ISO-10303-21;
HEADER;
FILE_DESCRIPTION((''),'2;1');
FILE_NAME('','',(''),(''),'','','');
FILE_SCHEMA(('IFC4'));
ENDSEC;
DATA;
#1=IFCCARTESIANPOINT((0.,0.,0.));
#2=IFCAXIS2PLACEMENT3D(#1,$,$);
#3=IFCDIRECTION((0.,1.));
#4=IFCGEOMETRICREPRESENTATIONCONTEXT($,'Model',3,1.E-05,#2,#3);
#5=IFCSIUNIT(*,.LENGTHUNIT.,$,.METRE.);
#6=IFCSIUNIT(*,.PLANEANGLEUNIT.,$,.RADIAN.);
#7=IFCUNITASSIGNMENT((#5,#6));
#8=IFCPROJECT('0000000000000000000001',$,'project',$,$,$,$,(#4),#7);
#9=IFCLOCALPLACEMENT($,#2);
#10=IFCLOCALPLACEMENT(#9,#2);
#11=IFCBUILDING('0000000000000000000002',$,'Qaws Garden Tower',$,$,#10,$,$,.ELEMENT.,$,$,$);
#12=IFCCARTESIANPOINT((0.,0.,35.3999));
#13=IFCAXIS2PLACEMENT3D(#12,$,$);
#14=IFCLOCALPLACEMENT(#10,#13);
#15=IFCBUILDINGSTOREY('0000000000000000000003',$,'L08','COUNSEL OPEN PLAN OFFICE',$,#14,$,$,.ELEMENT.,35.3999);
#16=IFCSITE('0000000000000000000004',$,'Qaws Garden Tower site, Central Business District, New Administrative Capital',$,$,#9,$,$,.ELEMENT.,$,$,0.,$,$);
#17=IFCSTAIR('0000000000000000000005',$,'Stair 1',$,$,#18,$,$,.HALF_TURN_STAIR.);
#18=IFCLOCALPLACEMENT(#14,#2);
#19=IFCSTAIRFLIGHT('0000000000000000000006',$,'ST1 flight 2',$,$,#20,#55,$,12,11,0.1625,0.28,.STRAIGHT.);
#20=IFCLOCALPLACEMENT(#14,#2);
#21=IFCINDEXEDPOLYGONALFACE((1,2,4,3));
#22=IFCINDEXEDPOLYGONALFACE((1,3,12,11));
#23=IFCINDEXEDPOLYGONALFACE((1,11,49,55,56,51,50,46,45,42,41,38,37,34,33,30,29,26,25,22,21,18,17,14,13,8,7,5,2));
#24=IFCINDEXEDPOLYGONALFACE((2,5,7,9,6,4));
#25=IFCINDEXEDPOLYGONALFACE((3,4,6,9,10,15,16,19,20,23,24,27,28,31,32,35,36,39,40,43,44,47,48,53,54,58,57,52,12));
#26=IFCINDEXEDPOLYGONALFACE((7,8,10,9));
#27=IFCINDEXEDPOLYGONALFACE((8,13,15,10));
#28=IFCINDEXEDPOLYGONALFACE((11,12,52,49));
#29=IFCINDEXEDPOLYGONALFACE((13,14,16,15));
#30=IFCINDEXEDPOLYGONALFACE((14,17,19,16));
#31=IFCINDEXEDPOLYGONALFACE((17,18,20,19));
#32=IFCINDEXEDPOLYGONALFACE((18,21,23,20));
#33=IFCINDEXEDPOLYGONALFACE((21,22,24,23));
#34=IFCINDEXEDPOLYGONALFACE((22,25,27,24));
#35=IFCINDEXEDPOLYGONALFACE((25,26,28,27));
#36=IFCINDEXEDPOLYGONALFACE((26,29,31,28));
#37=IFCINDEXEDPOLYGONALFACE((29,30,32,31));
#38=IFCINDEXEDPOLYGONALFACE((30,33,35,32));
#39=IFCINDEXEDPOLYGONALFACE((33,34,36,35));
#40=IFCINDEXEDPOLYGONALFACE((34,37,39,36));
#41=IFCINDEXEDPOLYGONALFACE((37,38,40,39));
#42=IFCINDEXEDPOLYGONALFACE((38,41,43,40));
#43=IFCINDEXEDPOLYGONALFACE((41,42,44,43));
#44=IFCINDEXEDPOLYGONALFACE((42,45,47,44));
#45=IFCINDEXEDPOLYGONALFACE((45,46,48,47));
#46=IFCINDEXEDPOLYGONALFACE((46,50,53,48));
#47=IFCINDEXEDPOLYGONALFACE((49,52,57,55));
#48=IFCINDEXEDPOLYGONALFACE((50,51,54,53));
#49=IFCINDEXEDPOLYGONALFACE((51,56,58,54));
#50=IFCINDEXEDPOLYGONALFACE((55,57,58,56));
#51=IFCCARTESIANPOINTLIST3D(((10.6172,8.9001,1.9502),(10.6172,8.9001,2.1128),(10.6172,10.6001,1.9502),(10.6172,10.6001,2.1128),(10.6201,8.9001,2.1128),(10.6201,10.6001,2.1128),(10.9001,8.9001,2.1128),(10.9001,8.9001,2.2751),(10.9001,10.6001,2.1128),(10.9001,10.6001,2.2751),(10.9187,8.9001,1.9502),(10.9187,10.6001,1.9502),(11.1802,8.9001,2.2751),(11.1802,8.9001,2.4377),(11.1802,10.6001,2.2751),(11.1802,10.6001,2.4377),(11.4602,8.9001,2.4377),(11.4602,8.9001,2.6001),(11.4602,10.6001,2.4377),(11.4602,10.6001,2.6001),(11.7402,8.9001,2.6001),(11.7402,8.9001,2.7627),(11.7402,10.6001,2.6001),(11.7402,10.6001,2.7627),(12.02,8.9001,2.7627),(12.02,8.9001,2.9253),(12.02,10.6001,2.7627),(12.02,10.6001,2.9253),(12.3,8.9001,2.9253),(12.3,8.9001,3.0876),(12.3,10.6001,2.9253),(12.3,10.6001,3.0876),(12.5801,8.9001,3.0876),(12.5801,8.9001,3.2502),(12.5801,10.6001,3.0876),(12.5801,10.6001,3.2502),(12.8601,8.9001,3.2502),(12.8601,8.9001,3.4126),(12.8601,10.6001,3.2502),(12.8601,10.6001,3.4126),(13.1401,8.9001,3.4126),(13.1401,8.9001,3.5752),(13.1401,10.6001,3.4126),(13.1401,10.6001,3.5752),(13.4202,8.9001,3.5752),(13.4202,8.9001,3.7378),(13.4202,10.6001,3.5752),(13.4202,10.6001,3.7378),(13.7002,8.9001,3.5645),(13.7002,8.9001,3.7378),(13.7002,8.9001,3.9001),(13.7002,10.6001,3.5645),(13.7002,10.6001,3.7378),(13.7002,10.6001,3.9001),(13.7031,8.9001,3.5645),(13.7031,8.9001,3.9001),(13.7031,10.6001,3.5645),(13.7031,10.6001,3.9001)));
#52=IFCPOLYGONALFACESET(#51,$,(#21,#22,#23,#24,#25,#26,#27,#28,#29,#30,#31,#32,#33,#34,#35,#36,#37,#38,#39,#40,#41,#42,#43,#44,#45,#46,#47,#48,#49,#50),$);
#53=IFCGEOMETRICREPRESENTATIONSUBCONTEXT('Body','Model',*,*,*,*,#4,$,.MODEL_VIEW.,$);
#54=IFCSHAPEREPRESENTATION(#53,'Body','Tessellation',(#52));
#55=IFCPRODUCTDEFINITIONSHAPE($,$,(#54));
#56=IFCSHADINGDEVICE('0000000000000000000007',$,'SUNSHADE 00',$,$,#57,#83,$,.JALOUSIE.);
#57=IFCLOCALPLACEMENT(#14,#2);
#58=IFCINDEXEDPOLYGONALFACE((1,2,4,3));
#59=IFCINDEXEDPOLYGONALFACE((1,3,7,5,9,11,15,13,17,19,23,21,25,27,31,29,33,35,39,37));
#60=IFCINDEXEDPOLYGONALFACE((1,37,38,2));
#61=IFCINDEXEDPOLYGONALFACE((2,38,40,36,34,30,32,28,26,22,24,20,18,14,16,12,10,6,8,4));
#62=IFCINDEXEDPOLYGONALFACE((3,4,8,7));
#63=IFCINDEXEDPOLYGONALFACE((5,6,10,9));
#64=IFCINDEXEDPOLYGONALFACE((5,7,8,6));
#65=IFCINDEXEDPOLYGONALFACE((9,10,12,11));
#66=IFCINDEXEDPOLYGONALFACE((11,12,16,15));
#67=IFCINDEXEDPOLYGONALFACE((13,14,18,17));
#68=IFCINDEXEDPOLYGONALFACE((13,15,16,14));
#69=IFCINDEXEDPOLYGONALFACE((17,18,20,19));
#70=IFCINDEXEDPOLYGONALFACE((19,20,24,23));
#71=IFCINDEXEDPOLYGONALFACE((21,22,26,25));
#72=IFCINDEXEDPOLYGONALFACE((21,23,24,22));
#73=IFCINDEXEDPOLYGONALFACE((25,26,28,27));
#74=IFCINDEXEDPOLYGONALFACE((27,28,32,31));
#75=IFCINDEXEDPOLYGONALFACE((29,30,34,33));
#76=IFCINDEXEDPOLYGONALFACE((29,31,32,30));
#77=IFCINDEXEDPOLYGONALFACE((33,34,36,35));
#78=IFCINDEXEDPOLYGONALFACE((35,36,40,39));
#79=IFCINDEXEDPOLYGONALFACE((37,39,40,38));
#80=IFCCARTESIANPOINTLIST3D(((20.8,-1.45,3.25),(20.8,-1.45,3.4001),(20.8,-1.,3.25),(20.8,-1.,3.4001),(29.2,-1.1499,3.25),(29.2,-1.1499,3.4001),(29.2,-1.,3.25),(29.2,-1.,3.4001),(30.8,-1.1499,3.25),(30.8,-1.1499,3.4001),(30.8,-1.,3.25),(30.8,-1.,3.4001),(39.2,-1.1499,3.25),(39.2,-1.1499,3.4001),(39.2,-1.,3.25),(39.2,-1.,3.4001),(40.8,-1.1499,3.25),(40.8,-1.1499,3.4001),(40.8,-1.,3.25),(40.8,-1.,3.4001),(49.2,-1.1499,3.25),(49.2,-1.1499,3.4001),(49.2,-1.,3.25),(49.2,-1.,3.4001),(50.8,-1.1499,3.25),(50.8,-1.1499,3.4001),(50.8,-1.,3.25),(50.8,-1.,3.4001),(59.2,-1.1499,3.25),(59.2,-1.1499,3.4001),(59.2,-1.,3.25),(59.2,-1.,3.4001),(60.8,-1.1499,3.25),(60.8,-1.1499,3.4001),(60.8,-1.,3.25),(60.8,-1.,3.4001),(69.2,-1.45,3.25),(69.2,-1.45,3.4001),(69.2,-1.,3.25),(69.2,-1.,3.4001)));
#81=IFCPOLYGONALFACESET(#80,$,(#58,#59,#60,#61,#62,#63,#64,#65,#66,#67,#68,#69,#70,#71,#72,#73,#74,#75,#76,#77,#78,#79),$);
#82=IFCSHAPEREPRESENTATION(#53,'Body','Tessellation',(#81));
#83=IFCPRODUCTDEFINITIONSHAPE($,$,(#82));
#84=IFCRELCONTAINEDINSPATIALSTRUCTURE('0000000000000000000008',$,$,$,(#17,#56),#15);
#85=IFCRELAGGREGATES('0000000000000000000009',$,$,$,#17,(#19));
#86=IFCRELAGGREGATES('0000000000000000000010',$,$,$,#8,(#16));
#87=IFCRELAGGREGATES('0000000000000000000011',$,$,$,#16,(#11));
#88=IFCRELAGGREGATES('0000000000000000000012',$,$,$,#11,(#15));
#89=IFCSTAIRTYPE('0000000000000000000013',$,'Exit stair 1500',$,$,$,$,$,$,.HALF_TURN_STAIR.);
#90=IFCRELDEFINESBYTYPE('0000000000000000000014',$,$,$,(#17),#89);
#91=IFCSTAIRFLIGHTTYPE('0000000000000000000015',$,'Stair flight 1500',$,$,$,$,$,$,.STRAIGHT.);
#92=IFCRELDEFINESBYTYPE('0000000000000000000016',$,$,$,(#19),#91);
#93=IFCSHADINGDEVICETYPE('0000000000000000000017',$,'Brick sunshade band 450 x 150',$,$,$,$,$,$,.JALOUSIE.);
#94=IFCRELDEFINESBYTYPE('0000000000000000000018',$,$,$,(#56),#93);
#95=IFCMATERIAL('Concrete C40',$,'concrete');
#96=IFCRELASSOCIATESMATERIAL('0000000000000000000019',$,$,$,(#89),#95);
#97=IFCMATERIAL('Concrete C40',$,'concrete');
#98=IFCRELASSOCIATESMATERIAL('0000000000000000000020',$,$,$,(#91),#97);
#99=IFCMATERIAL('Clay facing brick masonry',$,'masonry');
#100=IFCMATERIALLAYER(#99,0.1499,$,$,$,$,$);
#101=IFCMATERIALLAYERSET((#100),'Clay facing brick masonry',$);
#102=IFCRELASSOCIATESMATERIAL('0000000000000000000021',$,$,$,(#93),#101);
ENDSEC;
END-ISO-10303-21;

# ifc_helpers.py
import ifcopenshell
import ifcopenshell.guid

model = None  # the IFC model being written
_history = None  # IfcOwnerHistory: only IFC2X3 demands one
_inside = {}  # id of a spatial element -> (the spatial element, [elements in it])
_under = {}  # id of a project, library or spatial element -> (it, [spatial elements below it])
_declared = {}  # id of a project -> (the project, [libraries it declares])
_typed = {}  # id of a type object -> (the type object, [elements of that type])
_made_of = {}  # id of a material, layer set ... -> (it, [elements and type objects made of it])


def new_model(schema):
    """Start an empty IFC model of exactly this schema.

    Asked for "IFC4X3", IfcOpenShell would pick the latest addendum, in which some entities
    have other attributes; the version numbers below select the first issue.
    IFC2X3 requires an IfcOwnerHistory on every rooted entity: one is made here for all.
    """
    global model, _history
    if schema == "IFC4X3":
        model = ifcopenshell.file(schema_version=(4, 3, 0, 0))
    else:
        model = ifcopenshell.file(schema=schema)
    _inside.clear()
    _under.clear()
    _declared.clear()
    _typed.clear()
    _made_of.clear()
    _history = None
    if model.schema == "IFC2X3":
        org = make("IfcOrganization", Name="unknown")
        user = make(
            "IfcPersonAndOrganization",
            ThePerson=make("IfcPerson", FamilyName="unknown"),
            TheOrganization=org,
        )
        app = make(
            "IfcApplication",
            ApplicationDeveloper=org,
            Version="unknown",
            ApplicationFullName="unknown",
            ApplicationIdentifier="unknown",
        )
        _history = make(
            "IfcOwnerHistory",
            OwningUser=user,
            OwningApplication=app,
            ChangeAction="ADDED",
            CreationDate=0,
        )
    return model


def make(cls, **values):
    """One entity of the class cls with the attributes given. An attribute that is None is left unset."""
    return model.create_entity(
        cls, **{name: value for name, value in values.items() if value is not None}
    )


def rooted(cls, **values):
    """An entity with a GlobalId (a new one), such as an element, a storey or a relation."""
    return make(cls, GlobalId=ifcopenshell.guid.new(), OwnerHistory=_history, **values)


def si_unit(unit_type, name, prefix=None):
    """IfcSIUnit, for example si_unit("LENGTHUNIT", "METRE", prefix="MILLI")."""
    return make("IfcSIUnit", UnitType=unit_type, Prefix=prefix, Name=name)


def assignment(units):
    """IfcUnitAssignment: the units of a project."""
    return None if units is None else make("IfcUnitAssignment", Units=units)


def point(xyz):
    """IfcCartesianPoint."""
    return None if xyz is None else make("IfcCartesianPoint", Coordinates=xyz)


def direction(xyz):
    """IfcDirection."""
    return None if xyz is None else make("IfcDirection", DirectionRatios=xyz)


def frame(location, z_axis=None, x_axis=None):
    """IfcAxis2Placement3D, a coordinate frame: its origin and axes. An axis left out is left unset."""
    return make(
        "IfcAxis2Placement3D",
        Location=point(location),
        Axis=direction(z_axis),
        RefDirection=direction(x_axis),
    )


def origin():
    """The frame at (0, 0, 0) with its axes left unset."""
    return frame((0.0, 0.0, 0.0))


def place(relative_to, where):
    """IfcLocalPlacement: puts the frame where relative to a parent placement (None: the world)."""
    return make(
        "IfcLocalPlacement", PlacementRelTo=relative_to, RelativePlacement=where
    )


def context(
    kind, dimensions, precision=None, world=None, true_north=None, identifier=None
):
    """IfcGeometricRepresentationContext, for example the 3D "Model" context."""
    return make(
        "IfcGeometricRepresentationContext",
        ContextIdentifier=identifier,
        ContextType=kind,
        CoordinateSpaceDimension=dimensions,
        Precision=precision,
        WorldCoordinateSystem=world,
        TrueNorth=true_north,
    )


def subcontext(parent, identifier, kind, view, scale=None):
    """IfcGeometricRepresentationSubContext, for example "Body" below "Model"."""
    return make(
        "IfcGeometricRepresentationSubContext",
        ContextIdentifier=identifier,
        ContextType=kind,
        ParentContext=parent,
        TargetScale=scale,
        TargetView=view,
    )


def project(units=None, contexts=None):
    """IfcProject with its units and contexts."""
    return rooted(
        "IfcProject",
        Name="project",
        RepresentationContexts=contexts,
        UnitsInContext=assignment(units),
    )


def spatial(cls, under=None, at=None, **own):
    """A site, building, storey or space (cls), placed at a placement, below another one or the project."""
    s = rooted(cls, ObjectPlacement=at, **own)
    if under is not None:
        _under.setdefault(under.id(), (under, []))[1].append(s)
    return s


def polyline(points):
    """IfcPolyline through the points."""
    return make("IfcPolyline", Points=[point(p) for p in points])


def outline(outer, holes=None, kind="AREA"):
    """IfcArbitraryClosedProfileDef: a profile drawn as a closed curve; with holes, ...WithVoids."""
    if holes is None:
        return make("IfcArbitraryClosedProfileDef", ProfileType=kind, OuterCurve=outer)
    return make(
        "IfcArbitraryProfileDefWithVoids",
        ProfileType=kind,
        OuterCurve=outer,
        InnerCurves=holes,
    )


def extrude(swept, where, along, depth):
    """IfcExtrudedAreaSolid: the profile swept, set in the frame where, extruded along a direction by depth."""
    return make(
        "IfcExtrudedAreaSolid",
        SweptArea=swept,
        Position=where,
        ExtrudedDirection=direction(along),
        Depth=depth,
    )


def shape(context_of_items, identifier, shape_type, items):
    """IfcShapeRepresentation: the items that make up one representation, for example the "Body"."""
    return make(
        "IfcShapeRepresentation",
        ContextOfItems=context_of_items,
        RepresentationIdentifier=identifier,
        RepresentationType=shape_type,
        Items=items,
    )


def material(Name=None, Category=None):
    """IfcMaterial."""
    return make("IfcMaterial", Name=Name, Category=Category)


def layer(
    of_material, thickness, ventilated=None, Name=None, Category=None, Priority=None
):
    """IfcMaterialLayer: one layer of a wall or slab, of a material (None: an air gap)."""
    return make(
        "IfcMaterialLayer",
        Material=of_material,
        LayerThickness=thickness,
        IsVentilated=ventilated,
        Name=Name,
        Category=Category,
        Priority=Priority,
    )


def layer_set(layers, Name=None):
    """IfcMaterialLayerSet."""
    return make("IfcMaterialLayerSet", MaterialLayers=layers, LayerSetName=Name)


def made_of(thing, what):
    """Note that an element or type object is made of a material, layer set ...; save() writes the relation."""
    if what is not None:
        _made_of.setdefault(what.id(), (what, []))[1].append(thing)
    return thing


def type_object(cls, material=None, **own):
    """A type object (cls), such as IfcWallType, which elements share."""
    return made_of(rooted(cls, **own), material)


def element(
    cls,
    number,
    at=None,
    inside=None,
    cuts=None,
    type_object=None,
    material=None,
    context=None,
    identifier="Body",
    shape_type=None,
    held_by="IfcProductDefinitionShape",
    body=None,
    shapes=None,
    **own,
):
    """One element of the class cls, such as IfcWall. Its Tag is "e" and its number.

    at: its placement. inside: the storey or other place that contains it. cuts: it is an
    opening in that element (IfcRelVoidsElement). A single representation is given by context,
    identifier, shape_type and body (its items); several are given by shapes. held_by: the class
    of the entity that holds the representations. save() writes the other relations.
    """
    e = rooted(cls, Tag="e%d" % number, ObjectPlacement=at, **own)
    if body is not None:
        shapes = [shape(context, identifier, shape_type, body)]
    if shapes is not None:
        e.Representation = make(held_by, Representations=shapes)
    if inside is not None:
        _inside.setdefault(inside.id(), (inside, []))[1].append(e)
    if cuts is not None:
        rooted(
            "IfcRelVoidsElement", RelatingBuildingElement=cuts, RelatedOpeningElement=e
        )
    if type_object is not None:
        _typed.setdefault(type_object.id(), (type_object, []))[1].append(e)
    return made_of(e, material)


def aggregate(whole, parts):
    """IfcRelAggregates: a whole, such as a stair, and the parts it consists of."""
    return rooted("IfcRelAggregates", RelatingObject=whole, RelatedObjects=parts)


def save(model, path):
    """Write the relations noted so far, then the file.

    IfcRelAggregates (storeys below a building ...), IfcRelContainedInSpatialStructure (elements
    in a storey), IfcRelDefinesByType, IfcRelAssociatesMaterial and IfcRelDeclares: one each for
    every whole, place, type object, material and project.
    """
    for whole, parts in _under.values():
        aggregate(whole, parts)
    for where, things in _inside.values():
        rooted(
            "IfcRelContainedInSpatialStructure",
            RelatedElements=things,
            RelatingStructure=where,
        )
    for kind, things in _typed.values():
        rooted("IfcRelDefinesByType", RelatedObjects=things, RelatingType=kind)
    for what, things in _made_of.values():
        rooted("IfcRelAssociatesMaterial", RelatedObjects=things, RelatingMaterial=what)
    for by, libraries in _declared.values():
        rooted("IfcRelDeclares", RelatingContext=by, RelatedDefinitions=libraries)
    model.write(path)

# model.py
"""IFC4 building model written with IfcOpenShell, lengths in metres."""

from ifc_helpers import new_model, si_unit, direction, frame, origin, place, context, subcontext, project, spatial, polyline, outline, extrude, material, layer, layer_set, type_object, element, aggregate, save


model = new_model("IFC4")

# Units and contexts
model_context = context("Model", 3, precision=1e-05, world=origin(), true_north=direction((0.0, 1.0)))
body_context = subcontext(model_context, "Body", "Model", "MODEL_VIEW")
ifc_project = project(units=[si_unit("LENGTHUNIT", "METRE"), si_unit("PLANEANGLEUNIT", "RADIAN")], contexts=[model_context])

# Site, building, storey
site_placement = place(None, origin())
site = spatial("IfcSite", under=ifc_project, at=site_placement, Name="Qaws Garden Tower site, Central Business District, New Administrative Capital", CompositionType="ELEMENT", RefElevation=0.0)
building_placement = place(site_placement, origin())
building = spatial("IfcBuilding", under=site, at=building_placement, Name="Qaws Garden Tower", CompositionType="ELEMENT")
storey_placement = place(building_placement, frame((0.0, 0.0, 35.3999)))
storey = spatial("IfcBuildingStorey", under=building, at=storey_placement, Name="L08", Description="COUNSEL OPEN PLAN OFFICE", CompositionType="ELEMENT", Elevation=35.3999)

# Stair
ifc_material_1 = material(Name="Concrete C40", Category="concrete")
stair_type_1 = type_object("IfcStairType", Name="Exit stair 1500", PredefinedType="HALF_TURN_STAIR", material=ifc_material_1)
placement_1 = place(storey_placement, origin())
stair_1 = element("IfcStair", 1, at=placement_1, inside=storey, type_object=stair_type_1, Name="Stair 1", PredefinedType="HALF_TURN_STAIR")

# Stair flight
ifc_material_2 = material(Name="Concrete C40", Category="concrete")
stair_flight_type = type_object("IfcStairFlightType", Name="Stair flight 1500", PredefinedType="STRAIGHT", material=ifc_material_2)
stair_flight_placement = place(storey_placement, frame((10.6201, 9.75, 1.9502), z_axis=(0.0, 0.0, 1.0), x_axis=(1.0, 0.0, 0.0)))
stair_flight = element("IfcStairFlight", 2, at=stair_flight_placement, type_object=stair_flight_type, Name="ST1 flight 2", NumberOfRisers=12, NumberOfTreads=11, PredefinedType="STRAIGHT", RiserHeight=0.1625, TreadLength=0.28, context=body_context, shape_type="SweptSolid", body=[
    extrude(outline(polyline([(-0.0029, 0.0), (-0.0029, 0.1626), (0.0, 0.1626), (0.28, 0.1626), (0.28, 0.325), (0.5601, 0.325), (0.5601, 0.4875), (0.8401, 0.4875), (0.8401, 0.6499), (1.1201, 0.6499), (1.1201, 0.8125), (1.3999, 0.8125), (1.3999, 0.9751), (1.6799, 0.9751), (1.6799, 1.1375), (1.96, 1.1375), (1.96, 1.3), (2.24, 1.3), (2.24, 1.4624), (2.52, 1.4624), (2.52, 1.625), (2.8, 1.625), (2.8, 1.7876), (3.0801, 1.7876), (3.0801, 1.95), (3.083, 1.95), (3.083, 1.6143), (3.0801, 1.6143), (0.2986, 0.0), (-0.0029, 0.0)])), frame((0.0, 0.8501, 0.0), z_axis=(0.0, -1.0, 0.0), x_axis=(1.0, 0.0, 0.0)), (0.0, 0.0, 1.0), 1.7),
])
aggregate(stair_1, [stair_flight])

# Shading device
ifc_material_3 = material(Name="Clay facing brick masonry", Category="masonry")
ifc_layer_1 = layer(ifc_material_3, 0.1499)
ifc_layer_set_1 = layer_set([ifc_layer_1], Name="Clay facing brick masonry")
shading_device_type = type_object("IfcShadingDeviceType", Name="Brick sunshade band 450 x 150", PredefinedType="JALOUSIE", material=ifc_layer_set_1)
shading_device_placement = place(storey_placement, frame((0.0, 0.0, 3.25)))
element("IfcShadingDevice", 3, at=shading_device_placement, inside=storey, type_object=shading_device_type, Name="SUNSHADE 00", PredefinedType="JALOUSIE", context=body_context, shape_type="SweptSolid", body=[
    extrude(outline(polyline([(20.8, -1.0), (20.8, -1.45), (69.2, -1.45), (69.2, -1.0), (60.8, -1.0), (60.8, -1.1499), (59.2, -1.1499), (59.2, -1.0), (50.8, -1.0), (50.8, -1.1499), (49.2, -1.1499), (49.2, -1.0), (40.8, -1.0), (40.8, -1.1499), (39.2, -1.1499), (39.2, -1.0), (30.8, -1.0), (30.8, -1.1499), (29.2, -1.1499), (29.2, -1.0), (20.8, -1.0)])), origin(), (0.0, 0.0, 1.0), 0.1501),
])

save(model, "model.ifc")
